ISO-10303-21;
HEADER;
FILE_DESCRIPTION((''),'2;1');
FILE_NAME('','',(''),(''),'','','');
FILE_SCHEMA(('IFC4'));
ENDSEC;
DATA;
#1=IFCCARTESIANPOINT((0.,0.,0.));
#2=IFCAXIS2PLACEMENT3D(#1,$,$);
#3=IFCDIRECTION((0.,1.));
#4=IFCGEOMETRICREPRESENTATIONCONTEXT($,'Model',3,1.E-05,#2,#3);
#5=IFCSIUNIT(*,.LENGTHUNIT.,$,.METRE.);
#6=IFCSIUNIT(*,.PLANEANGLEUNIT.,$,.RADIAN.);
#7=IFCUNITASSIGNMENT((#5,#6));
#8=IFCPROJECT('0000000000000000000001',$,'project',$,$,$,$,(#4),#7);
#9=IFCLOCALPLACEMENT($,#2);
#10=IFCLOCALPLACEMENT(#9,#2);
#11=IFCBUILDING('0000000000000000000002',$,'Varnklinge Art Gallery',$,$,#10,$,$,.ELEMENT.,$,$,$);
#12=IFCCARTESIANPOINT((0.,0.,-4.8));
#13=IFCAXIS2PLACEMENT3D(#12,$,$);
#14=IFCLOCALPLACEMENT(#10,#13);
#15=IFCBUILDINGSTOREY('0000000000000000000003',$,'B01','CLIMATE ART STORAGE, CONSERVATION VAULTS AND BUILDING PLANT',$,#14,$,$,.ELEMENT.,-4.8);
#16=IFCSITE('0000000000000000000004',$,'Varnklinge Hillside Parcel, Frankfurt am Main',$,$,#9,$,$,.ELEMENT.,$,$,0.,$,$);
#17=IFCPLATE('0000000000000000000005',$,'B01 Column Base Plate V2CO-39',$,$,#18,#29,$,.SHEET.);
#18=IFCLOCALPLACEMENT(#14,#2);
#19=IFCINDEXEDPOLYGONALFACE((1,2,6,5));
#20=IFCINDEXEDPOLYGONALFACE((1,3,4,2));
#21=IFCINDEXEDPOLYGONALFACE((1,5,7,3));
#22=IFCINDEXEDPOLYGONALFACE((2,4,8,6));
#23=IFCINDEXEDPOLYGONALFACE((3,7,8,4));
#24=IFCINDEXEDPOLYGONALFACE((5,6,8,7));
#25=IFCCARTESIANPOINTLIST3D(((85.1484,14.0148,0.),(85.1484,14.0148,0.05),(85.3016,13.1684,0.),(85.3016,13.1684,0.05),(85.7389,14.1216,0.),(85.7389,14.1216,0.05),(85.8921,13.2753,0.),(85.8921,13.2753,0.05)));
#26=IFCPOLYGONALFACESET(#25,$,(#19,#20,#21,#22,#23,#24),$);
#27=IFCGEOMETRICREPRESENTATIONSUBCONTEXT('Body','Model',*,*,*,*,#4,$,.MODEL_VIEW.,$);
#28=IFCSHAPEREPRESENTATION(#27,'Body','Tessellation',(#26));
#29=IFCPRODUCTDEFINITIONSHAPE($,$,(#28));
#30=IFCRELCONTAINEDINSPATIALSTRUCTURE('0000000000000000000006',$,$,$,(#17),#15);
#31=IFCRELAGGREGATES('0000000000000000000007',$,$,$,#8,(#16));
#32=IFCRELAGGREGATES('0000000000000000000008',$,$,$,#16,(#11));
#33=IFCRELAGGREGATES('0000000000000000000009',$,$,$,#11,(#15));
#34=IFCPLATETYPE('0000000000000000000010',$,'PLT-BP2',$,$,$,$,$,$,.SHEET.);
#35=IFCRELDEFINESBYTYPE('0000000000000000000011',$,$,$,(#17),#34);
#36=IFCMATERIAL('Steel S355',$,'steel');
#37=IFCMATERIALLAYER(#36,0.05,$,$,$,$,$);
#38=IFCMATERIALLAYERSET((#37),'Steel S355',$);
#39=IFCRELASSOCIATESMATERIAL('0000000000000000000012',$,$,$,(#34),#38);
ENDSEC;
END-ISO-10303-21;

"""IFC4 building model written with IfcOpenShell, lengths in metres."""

from ifc_helpers import new_model, si_unit, direction, frame, origin, origin_2d, place, context, subcontext, project, spatial, rectangle, extrude, material, layer, layer_set, type_object, element, save


model = new_model("IFC4")

# Units and contexts
model_context = context("Model", 3, precision=1e-05, world=origin(), true_north=direction((0.0, 1.0)))
body_context = subcontext(model_context, "Body", "Model", "MODEL_VIEW")
ifc_project = project(units=[si_unit("LENGTHUNIT", "METRE"), si_unit("PLANEANGLEUNIT", "RADIAN")], contexts=[model_context])

# Site, building, storey
site_placement = place(None, origin())
site = spatial("IfcSite", under=ifc_project, at=site_placement, Name="Varnklinge Hillside Parcel, Frankfurt am Main", CompositionType="ELEMENT", RefElevation=0.0)
building_placement = place(site_placement, origin())
building = spatial("IfcBuilding", under=site, at=building_placement, Name="Varnklinge Art Gallery", CompositionType="ELEMENT")
storey_placement = place(building_placement, frame((0.0, 0.0, -4.8)))
storey = spatial("IfcBuildingStorey", under=building, at=storey_placement, Name="B01", Description="CLIMATE ART STORAGE, CONSERVATION VAULTS AND BUILDING PLANT", CompositionType="ELEMENT", Elevation=-4.8)

# Plate
ifc_material_1 = material(Name="Steel S355", Category="steel")
ifc_layer_1 = layer(ifc_material_1, 0.05)
ifc_layer_set_1 = layer_set([ifc_layer_1], Name="Steel S355")
plate_type_1 = type_object("IfcPlateType", Name="PLT-BP2", PredefinedType="SHEET", material=ifc_layer_set_1)
for number, where, z_axis, x_axis, name in (
    (1, (85.5203, 13.645, 0.0), (0.0, 0.0, 1.0), (-0.178115, 0.98401, 0.0), "B01 Column Base Plate V2CO-39"),
):
    element("IfcPlate", number, at=place(storey_placement, frame(where, z_axis=z_axis, x_axis=x_axis)), inside=storey, type_object=plate_type_1, Name=name, PredefinedType="SHEET", context=body_context, shape_type="SweptSolid", body=[
        extrude(rectangle(XDim=0.8601, YDim=0.6001, at=origin_2d()), origin(), (0.0, 0.0, 1.0), 0.05),
    ])

save(model, "model.ifc")
